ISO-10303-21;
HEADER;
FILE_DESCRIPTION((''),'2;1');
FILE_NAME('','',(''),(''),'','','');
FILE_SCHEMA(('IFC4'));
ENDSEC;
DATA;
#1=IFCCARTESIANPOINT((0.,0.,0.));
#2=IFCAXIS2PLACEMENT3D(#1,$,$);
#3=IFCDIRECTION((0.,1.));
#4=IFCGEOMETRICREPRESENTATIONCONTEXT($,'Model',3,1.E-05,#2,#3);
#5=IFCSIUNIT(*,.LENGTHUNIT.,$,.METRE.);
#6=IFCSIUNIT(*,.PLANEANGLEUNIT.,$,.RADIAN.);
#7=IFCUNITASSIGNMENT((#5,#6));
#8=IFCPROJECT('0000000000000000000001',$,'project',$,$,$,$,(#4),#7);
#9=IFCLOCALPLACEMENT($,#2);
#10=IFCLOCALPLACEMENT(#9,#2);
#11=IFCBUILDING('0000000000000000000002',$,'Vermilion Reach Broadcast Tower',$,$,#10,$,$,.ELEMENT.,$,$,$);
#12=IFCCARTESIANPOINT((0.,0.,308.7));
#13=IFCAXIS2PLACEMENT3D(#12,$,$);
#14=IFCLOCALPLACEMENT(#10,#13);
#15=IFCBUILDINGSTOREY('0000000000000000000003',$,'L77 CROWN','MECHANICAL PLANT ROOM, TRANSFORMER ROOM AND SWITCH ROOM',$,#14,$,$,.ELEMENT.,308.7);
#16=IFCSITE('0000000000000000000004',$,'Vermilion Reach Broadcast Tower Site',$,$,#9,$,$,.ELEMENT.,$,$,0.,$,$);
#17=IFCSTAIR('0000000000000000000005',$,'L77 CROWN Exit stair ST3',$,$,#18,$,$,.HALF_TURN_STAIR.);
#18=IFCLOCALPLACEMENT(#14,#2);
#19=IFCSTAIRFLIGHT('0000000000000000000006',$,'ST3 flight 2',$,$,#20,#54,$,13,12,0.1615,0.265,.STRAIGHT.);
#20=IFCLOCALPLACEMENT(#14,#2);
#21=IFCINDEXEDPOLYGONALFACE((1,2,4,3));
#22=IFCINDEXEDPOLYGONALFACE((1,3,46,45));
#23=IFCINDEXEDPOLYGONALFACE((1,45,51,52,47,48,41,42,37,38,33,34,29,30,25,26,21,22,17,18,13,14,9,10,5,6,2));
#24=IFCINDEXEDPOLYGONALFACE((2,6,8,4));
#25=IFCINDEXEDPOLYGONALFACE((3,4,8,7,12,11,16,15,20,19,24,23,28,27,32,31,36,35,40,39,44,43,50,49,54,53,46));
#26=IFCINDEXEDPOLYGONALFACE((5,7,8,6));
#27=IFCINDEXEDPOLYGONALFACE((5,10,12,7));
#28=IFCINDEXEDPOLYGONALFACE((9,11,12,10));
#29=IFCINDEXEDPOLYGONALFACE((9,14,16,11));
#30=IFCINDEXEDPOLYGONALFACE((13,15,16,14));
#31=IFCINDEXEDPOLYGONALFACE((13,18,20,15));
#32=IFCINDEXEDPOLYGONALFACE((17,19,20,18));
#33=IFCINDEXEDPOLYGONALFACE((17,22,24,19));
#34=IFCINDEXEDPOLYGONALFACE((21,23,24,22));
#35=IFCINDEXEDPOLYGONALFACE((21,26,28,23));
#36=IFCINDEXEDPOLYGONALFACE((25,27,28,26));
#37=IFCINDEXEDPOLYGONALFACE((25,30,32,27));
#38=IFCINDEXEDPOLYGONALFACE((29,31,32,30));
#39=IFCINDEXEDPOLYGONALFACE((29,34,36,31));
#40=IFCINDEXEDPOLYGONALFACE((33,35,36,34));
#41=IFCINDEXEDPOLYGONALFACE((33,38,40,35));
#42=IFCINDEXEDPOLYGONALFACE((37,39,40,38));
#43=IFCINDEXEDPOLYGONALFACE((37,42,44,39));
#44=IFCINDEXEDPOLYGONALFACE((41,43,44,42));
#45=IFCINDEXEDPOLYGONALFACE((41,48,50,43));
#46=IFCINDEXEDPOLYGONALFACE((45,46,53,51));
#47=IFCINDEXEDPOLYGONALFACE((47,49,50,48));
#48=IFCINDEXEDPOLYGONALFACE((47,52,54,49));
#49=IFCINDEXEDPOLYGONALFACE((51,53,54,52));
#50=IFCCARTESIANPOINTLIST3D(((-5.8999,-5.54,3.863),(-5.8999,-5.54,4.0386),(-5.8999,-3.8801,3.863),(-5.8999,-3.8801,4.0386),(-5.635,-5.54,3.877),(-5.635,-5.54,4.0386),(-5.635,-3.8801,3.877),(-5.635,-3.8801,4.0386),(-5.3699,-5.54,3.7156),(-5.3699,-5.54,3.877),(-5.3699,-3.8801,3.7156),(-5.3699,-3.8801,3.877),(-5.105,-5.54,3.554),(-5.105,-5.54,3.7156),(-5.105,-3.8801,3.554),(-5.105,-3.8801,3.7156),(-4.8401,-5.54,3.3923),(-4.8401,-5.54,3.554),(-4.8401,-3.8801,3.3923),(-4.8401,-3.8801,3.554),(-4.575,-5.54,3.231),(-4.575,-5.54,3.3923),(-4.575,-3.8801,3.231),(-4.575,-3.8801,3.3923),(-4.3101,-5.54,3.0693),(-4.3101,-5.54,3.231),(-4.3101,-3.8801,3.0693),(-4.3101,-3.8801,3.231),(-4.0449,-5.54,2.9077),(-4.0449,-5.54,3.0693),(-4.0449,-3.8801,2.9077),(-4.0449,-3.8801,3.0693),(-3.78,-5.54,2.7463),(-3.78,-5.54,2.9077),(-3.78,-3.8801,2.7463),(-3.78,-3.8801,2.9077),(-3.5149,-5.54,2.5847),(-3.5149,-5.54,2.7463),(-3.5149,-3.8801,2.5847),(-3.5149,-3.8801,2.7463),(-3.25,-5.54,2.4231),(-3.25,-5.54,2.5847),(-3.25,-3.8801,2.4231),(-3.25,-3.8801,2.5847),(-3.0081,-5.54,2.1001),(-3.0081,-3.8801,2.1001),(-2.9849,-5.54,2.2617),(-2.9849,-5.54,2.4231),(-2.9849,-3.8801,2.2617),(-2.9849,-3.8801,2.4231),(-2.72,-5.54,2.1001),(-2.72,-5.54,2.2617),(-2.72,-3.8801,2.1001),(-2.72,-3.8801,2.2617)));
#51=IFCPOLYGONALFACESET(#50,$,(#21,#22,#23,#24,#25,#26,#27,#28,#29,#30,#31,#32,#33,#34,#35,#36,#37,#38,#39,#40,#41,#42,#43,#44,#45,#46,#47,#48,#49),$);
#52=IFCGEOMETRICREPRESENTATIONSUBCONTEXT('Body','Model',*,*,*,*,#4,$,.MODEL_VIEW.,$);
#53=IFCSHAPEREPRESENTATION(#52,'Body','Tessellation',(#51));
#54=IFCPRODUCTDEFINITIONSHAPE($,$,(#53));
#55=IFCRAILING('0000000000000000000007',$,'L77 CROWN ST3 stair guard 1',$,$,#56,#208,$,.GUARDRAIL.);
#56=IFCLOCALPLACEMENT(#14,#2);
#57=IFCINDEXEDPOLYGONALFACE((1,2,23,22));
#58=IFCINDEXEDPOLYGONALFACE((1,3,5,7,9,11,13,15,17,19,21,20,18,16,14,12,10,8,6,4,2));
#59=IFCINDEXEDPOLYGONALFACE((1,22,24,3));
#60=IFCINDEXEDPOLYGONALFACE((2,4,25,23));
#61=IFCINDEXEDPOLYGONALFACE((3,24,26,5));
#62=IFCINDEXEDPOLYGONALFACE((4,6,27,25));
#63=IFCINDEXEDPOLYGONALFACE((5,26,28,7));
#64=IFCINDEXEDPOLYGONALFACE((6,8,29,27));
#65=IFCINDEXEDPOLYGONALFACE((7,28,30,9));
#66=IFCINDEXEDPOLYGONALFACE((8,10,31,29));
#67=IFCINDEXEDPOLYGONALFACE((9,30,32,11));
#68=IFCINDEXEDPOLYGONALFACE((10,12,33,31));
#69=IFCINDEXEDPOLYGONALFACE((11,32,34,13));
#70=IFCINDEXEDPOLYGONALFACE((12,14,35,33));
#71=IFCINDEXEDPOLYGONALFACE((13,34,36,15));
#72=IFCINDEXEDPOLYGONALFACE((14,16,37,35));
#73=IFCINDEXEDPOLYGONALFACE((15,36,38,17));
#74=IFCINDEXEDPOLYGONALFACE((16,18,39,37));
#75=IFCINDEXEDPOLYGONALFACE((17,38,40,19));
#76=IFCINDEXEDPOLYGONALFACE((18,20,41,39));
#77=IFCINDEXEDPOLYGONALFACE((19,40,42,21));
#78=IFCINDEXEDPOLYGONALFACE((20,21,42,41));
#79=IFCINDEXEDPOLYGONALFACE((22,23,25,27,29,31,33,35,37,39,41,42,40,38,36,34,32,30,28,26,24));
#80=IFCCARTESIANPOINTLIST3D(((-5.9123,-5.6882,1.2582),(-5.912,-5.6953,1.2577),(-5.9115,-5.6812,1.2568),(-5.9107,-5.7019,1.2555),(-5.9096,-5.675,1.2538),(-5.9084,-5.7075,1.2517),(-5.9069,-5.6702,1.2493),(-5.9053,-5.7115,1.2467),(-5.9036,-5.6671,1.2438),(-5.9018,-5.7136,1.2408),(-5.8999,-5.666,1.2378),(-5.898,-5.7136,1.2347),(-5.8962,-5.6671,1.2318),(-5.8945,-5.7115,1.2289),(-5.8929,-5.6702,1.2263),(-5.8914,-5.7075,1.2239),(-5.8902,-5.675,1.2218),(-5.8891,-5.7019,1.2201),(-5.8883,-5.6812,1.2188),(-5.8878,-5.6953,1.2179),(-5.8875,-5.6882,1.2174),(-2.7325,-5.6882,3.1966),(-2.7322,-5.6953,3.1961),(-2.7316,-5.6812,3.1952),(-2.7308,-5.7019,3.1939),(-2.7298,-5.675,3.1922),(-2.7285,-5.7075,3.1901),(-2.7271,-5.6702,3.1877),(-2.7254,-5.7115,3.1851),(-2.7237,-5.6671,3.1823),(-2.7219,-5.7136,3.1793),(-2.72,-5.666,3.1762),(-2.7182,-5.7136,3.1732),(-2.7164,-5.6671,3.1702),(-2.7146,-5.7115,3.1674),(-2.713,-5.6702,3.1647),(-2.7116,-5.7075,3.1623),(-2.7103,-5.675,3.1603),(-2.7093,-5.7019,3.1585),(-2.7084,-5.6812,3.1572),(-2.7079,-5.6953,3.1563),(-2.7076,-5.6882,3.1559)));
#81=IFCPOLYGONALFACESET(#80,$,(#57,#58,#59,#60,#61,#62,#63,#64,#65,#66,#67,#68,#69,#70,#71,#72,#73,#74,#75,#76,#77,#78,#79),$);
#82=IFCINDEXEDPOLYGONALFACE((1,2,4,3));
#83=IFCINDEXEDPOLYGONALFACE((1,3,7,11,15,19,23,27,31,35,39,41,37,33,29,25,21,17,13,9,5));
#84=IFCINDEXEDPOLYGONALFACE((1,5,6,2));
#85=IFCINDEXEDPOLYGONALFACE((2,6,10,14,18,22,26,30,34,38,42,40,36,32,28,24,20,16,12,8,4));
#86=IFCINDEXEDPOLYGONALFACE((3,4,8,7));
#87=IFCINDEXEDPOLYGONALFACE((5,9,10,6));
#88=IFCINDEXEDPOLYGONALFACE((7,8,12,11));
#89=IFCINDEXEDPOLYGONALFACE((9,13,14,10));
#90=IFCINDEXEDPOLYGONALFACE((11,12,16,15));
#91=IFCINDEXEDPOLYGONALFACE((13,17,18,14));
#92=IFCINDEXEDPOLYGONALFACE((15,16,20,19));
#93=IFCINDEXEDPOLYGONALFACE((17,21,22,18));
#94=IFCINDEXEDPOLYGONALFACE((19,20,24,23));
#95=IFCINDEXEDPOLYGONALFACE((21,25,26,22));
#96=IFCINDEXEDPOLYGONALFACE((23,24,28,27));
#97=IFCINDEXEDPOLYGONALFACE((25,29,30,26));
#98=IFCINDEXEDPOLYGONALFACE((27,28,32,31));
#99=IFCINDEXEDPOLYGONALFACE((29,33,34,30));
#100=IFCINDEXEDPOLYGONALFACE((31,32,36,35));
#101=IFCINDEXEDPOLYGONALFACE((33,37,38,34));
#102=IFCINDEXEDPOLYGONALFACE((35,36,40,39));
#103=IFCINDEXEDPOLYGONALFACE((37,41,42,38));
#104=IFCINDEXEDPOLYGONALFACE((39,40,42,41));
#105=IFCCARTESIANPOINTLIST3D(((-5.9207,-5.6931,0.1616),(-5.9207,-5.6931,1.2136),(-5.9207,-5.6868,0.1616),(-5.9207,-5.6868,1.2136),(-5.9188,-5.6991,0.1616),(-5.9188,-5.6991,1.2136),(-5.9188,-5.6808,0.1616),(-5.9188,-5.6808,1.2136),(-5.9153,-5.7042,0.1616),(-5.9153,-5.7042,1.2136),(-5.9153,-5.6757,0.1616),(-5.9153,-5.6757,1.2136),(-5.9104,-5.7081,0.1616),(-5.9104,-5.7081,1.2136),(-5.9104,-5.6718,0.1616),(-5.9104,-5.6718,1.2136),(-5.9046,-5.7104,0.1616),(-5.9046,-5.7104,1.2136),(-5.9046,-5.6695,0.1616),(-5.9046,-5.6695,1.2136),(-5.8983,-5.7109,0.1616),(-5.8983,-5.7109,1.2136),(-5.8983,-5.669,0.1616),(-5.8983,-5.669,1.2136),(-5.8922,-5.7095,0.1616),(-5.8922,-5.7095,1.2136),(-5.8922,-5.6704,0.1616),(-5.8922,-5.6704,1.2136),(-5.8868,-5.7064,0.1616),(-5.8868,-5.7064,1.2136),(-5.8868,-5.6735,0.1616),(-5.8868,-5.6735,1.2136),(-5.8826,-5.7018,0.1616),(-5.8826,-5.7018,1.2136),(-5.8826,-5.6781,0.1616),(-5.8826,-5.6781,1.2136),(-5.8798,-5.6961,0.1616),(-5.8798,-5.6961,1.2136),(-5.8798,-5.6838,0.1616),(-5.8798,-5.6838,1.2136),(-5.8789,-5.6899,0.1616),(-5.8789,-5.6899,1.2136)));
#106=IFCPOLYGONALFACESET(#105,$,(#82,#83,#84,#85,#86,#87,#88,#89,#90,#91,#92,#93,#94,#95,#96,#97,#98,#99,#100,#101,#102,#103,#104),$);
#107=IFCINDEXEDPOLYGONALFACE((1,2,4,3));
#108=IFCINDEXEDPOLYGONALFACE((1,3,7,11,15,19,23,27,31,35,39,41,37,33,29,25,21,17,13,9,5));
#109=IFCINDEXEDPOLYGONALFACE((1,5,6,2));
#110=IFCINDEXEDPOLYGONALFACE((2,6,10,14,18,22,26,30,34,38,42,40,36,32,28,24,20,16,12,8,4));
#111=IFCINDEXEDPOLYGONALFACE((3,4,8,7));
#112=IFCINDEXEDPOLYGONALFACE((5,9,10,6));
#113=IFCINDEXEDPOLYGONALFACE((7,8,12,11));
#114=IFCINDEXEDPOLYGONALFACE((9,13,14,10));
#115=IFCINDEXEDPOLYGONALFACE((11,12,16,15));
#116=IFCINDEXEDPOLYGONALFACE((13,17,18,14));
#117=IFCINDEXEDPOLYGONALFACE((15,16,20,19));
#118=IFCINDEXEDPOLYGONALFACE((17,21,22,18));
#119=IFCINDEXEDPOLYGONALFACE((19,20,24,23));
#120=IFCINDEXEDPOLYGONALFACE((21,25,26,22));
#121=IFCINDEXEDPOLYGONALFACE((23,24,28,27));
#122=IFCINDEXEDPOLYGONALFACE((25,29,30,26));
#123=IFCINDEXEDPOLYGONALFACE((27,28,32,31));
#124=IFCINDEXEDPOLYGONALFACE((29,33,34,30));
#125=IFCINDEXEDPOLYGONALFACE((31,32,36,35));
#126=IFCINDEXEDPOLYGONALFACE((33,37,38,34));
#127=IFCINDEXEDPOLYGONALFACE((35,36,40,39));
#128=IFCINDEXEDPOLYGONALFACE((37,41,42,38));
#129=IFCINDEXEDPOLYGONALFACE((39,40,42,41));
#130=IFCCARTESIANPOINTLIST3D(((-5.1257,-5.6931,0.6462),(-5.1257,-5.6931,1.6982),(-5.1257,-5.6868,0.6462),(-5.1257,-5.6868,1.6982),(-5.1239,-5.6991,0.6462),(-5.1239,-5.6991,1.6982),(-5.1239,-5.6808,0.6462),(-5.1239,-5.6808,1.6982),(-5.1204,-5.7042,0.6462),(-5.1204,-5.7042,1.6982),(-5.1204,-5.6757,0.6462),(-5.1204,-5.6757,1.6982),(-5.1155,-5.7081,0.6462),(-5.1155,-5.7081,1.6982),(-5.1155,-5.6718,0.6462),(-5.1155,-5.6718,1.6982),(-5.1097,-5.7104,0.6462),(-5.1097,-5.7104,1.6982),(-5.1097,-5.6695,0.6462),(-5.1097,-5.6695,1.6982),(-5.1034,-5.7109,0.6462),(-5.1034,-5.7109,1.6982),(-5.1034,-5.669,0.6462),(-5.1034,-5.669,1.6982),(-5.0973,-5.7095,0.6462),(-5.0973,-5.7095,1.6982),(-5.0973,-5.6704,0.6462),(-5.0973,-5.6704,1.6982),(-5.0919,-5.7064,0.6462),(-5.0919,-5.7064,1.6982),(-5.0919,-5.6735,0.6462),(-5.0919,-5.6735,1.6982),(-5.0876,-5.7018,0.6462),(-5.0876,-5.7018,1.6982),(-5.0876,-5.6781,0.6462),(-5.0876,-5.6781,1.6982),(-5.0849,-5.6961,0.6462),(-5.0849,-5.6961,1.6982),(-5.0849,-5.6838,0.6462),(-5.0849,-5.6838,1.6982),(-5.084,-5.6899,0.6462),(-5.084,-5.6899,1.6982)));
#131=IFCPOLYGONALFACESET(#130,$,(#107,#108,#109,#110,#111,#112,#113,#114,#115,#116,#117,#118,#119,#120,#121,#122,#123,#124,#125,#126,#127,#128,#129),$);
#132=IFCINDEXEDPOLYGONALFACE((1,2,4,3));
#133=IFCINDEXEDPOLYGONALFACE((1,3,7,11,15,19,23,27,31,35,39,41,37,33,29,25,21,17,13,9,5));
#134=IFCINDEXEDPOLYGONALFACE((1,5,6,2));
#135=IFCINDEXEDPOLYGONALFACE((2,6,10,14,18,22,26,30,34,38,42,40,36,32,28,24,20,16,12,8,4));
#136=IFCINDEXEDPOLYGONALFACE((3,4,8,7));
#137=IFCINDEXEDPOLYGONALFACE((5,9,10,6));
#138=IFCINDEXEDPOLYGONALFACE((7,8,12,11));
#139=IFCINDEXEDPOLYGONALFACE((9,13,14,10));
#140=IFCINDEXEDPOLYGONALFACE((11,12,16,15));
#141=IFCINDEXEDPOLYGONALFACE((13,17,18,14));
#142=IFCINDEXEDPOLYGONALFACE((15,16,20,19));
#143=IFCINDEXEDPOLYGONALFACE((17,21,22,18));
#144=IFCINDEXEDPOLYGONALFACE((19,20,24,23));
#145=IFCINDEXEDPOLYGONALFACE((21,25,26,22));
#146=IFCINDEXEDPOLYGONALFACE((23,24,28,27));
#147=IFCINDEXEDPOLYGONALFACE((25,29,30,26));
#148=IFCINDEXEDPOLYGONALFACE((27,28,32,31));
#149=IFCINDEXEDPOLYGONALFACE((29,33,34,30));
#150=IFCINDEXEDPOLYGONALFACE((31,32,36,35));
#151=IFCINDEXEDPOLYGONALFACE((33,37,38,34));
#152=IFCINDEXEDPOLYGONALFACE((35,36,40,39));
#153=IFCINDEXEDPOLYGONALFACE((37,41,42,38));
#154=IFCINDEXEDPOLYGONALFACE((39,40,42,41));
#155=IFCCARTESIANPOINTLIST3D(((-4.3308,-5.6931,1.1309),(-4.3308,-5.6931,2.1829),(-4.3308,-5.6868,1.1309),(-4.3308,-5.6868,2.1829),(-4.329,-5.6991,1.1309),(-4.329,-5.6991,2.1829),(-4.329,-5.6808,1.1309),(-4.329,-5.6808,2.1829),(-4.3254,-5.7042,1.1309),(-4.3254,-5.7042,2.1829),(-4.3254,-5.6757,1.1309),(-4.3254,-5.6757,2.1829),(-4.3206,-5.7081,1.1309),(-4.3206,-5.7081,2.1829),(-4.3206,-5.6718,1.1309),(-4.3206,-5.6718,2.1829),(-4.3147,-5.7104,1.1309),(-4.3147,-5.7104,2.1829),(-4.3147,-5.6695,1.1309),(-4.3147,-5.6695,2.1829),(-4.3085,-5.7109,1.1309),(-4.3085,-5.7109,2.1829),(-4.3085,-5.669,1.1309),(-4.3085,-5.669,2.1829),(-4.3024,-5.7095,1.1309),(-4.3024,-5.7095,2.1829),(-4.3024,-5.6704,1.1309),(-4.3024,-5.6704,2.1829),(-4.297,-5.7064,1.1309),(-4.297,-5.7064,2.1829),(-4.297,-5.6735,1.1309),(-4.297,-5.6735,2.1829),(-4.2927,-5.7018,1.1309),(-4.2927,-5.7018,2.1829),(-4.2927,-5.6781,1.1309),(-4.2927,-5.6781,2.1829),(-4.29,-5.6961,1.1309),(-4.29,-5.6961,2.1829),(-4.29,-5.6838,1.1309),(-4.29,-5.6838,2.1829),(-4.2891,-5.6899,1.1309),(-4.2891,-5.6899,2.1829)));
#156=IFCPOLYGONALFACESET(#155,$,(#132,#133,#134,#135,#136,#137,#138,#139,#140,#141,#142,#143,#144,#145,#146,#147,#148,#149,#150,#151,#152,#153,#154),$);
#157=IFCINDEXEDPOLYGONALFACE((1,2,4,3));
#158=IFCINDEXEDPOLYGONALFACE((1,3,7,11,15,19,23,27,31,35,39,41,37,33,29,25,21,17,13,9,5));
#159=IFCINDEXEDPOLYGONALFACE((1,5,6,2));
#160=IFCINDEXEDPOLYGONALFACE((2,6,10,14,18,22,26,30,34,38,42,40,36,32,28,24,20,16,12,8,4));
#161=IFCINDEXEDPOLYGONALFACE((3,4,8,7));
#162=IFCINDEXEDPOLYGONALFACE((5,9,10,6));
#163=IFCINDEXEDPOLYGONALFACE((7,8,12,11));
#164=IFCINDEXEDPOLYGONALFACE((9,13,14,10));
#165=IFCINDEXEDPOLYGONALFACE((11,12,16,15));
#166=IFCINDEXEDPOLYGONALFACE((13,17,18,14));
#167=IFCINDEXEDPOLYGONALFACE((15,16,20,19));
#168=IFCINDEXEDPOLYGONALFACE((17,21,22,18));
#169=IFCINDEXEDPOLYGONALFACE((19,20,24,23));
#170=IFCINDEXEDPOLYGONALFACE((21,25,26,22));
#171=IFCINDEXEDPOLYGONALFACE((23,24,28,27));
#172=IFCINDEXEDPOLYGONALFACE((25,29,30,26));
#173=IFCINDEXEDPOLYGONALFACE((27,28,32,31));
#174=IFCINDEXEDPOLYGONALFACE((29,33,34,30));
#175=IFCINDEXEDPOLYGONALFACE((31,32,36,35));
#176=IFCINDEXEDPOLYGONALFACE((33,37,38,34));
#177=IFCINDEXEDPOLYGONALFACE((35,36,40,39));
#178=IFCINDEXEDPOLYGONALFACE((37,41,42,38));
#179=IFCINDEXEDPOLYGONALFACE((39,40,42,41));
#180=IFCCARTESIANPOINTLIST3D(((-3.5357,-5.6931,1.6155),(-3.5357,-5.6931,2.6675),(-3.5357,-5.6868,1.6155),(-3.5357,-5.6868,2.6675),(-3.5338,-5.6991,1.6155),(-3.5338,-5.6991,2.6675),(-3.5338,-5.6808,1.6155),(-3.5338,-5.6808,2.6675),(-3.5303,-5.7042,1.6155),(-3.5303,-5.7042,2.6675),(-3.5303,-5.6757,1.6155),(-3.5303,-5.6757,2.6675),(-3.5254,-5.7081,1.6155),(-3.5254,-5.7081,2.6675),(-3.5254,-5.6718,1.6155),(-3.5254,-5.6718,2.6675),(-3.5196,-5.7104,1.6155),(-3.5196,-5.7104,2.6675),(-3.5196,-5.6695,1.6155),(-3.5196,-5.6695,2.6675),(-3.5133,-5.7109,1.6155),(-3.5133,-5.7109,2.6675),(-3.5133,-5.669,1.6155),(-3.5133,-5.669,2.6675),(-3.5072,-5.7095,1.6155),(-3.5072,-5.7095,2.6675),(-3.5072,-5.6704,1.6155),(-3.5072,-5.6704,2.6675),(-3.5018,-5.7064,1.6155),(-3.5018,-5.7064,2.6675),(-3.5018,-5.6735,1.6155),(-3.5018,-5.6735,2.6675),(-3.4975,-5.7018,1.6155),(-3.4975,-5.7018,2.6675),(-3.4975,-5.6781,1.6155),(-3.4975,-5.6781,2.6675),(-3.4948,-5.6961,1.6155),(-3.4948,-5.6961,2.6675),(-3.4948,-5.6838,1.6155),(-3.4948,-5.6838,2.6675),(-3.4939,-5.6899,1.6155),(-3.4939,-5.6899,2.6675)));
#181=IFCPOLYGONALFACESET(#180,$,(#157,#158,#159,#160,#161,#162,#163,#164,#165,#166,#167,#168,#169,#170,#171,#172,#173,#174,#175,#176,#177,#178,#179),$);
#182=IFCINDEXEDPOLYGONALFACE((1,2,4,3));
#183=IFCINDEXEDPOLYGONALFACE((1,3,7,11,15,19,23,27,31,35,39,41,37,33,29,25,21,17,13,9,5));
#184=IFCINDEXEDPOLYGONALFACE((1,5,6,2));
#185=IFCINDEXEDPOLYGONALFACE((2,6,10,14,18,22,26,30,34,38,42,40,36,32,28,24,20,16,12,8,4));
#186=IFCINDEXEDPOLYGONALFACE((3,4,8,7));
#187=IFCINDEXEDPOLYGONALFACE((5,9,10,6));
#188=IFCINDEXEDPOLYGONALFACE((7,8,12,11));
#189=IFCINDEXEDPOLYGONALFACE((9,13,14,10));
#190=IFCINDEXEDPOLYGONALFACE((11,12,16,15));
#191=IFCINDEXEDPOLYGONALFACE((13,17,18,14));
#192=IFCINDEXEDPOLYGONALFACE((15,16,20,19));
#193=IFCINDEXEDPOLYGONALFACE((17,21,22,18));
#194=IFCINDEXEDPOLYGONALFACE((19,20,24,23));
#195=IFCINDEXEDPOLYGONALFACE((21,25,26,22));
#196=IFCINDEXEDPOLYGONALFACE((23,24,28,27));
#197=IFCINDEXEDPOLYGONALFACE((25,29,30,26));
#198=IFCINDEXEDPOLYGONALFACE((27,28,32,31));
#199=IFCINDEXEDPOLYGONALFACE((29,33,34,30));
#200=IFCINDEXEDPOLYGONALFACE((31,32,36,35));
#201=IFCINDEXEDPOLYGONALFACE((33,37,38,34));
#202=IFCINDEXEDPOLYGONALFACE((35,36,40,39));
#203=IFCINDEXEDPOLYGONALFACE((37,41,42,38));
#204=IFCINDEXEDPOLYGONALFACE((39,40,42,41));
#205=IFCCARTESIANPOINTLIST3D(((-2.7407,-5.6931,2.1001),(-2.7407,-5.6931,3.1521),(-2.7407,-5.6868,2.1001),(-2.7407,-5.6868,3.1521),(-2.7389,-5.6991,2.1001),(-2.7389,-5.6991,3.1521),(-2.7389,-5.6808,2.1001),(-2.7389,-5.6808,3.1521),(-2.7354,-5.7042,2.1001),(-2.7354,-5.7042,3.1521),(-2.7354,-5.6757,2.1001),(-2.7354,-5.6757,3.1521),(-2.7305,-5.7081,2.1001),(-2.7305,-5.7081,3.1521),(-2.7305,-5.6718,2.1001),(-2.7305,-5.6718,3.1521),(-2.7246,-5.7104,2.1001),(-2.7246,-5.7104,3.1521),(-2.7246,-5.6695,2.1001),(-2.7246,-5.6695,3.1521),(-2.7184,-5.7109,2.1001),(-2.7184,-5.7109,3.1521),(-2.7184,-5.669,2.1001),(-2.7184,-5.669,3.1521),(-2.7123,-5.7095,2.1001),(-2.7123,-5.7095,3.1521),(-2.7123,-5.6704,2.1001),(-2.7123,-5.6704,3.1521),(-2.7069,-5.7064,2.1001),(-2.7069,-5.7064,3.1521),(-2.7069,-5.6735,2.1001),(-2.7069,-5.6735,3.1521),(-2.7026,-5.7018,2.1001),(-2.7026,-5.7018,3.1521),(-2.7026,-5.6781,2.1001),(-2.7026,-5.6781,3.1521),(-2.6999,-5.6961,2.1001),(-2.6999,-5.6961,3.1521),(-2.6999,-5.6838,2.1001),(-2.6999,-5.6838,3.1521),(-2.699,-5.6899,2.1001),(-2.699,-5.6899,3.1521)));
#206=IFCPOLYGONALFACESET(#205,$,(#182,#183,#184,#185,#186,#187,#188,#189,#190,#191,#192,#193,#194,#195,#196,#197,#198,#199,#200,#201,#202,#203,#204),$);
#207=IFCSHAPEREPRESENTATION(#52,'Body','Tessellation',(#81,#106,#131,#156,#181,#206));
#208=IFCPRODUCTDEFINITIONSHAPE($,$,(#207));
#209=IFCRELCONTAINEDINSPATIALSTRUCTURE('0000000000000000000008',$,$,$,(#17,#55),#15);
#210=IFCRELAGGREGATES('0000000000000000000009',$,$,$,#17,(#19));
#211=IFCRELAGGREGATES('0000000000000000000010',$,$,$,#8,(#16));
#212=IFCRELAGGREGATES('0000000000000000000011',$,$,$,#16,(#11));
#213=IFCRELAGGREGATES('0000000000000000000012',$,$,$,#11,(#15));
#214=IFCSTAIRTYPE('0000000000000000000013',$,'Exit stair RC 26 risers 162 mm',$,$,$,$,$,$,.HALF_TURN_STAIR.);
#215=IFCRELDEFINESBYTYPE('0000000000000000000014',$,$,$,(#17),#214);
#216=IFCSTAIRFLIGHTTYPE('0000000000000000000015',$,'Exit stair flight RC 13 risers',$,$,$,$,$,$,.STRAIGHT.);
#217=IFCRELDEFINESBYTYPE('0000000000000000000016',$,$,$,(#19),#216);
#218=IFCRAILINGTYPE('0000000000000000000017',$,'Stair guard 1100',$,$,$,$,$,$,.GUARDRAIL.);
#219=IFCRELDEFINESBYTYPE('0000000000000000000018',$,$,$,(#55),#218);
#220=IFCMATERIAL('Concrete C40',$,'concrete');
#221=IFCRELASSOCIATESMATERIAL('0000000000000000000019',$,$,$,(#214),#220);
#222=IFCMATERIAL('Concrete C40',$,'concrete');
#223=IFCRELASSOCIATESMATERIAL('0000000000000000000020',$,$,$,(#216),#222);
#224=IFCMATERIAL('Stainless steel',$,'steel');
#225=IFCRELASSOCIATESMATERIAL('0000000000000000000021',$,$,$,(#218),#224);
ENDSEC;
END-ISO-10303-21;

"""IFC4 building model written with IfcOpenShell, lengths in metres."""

from ifc_helpers import new_model, si_unit, direction, frame, origin, origin_2d, place, context, subcontext, project, spatial, polyline, circle, outline, extrude, material, type_object, element, aggregate, save


model = new_model("IFC4")

# Units and contexts
model_context = context("Model", 3, precision=1e-05, world=origin(), true_north=direction((0.0, 1.0)))
body_context = subcontext(model_context, "Body", "Model", "MODEL_VIEW")
ifc_project = project(units=[si_unit("LENGTHUNIT", "METRE"), si_unit("PLANEANGLEUNIT", "RADIAN")], contexts=[model_context])

# Site, building, storey
site_placement = place(None, origin())
site = spatial("IfcSite", under=ifc_project, at=site_placement, Name="Vermilion Reach Broadcast Tower Site", CompositionType="ELEMENT", RefElevation=0.0)
building_placement = place(site_placement, origin())
building = spatial("IfcBuilding", under=site, at=building_placement, Name="Vermilion Reach Broadcast Tower", CompositionType="ELEMENT")
storey_placement = place(building_placement, frame((0.0, 0.0, 308.7)))
storey = spatial("IfcBuildingStorey", under=building, at=storey_placement, Name="L77 CROWN", Description="MECHANICAL PLANT ROOM, TRANSFORMER ROOM AND SWITCH ROOM", CompositionType="ELEMENT", Elevation=308.7)

# Shared definitions
ifc_material_1 = material(Name="Concrete C40", Category="concrete")
stair_type = type_object("IfcStairType", Name="Exit stair RC 26 risers 162 mm", PredefinedType="HALF_TURN_STAIR", material=ifc_material_1)
placement_1 = place(storey_placement, origin())

# Stair, stair flight
stair_1 = element("IfcStair", 1, at=placement_1, inside=storey, type_object=stair_type, Name="L77 CROWN Exit stair ST3", PredefinedType="HALF_TURN_STAIR")
ifc_material_2 = material(Name="Concrete C40", Category="concrete")
stair_flight_type = type_object("IfcStairFlightType", Name="Exit stair flight RC 13 risers", PredefinedType="STRAIGHT", material=ifc_material_2)
stair_flight_1_placement = place(storey_placement, frame((-2.72, -4.71, 2.1001), z_axis=(0.0, 0.0, 1.0), x_axis=(-1.0, 0.0, 0.0)))
stair_flight_1 = element("IfcStairFlight", 2, at=stair_flight_1_placement, type_object=stair_flight_type, Name="ST3 flight 2", NumberOfRisers=13, NumberOfTreads=12, PredefinedType="STRAIGHT", RiserHeight=0.1615, TreadLength=0.265, context=body_context, shape_type="SweptSolid", body=[
    extrude(outline(polyline([(0.0, 0.0), (0.0, 0.1616), (0.2649, 0.1616), (0.2649, 0.323), (0.53, 0.323), (0.53, 0.4846), (0.7949, 0.4846), (0.7949, 0.6462), (1.0601, 0.6462), (1.0601, 0.8076), (1.325, 0.8076), (1.325, 0.9692), (1.5901, 0.9692), (1.5901, 1.1309), (1.855, 1.1309), (1.855, 1.2922), (2.1201, 1.2922), (2.1201, 1.4539), (2.385, 1.4539), (2.385, 1.6155), (2.6499, 1.6155), (2.6499, 1.7769), (2.915, 1.7769), (2.915, 1.9385), (3.1799, 1.9385), (3.1799, 2.1001), (3.1799, 1.7629), (0.2881, 0.0), (0.0, 0.0)])), frame((0.0, 0.8301, 0.0), z_axis=(0.0, -1.0, 0.0), x_axis=(1.0, 0.0, 0.0)), (0.0, 0.0, 1.0), 1.6599),
])
aggregate(stair_1, [stair_flight_1])

# Railing
ifc_material_3 = material(Name="Stainless steel", Category="steel")
railing_type_1 = type_object("IfcRailingType", Name="Stair guard 1100", PredefinedType="GUARDRAIL", material=ifc_material_3)
railing_1_placement = place(storey_placement, frame((-5.8999, -5.6899, 0.1616)))
element("IfcRailing", 3, at=railing_1_placement, inside=storey, type_object=railing_type_1, Name="L77 CROWN ST3 stair guard 1", PredefinedType="GUARDRAIL", context=body_context, shape_type="SweptSolid", body=[
    extrude(circle(Radius=0.0239, at=origin_2d()), frame((0.0, 0.0, 1.0762), z_axis=(0.853857, 0.0, 0.520508), x_axis=(0.0, 1.0, 0.0)), (0.0, 0.0, 1.0), 3.7241),
    extrude(circle(Radius=0.021, at=origin_2d()), origin(), (0.0, 0.0, 1.0), 1.052),
    extrude(circle(Radius=0.021, at=origin_2d()), frame((0.7949, 0.0, 0.4846)), (0.0, 0.0, 1.0), 1.052),
    extrude(circle(Radius=0.021, at=origin_2d()), frame((1.5898, 0.0, 0.9692)), (0.0, 0.0, 1.0), 1.052),
    extrude(circle(Radius=0.021, at=origin_2d()), frame((2.385, 0.0, 1.4539)), (0.0, 0.0, 1.0), 1.052),
    extrude(circle(Radius=0.021, at=origin_2d()), frame((3.1799, 0.0, 1.9385)), (0.0, 0.0, 1.0), 1.052),
])

save(model, "model.ifc")
